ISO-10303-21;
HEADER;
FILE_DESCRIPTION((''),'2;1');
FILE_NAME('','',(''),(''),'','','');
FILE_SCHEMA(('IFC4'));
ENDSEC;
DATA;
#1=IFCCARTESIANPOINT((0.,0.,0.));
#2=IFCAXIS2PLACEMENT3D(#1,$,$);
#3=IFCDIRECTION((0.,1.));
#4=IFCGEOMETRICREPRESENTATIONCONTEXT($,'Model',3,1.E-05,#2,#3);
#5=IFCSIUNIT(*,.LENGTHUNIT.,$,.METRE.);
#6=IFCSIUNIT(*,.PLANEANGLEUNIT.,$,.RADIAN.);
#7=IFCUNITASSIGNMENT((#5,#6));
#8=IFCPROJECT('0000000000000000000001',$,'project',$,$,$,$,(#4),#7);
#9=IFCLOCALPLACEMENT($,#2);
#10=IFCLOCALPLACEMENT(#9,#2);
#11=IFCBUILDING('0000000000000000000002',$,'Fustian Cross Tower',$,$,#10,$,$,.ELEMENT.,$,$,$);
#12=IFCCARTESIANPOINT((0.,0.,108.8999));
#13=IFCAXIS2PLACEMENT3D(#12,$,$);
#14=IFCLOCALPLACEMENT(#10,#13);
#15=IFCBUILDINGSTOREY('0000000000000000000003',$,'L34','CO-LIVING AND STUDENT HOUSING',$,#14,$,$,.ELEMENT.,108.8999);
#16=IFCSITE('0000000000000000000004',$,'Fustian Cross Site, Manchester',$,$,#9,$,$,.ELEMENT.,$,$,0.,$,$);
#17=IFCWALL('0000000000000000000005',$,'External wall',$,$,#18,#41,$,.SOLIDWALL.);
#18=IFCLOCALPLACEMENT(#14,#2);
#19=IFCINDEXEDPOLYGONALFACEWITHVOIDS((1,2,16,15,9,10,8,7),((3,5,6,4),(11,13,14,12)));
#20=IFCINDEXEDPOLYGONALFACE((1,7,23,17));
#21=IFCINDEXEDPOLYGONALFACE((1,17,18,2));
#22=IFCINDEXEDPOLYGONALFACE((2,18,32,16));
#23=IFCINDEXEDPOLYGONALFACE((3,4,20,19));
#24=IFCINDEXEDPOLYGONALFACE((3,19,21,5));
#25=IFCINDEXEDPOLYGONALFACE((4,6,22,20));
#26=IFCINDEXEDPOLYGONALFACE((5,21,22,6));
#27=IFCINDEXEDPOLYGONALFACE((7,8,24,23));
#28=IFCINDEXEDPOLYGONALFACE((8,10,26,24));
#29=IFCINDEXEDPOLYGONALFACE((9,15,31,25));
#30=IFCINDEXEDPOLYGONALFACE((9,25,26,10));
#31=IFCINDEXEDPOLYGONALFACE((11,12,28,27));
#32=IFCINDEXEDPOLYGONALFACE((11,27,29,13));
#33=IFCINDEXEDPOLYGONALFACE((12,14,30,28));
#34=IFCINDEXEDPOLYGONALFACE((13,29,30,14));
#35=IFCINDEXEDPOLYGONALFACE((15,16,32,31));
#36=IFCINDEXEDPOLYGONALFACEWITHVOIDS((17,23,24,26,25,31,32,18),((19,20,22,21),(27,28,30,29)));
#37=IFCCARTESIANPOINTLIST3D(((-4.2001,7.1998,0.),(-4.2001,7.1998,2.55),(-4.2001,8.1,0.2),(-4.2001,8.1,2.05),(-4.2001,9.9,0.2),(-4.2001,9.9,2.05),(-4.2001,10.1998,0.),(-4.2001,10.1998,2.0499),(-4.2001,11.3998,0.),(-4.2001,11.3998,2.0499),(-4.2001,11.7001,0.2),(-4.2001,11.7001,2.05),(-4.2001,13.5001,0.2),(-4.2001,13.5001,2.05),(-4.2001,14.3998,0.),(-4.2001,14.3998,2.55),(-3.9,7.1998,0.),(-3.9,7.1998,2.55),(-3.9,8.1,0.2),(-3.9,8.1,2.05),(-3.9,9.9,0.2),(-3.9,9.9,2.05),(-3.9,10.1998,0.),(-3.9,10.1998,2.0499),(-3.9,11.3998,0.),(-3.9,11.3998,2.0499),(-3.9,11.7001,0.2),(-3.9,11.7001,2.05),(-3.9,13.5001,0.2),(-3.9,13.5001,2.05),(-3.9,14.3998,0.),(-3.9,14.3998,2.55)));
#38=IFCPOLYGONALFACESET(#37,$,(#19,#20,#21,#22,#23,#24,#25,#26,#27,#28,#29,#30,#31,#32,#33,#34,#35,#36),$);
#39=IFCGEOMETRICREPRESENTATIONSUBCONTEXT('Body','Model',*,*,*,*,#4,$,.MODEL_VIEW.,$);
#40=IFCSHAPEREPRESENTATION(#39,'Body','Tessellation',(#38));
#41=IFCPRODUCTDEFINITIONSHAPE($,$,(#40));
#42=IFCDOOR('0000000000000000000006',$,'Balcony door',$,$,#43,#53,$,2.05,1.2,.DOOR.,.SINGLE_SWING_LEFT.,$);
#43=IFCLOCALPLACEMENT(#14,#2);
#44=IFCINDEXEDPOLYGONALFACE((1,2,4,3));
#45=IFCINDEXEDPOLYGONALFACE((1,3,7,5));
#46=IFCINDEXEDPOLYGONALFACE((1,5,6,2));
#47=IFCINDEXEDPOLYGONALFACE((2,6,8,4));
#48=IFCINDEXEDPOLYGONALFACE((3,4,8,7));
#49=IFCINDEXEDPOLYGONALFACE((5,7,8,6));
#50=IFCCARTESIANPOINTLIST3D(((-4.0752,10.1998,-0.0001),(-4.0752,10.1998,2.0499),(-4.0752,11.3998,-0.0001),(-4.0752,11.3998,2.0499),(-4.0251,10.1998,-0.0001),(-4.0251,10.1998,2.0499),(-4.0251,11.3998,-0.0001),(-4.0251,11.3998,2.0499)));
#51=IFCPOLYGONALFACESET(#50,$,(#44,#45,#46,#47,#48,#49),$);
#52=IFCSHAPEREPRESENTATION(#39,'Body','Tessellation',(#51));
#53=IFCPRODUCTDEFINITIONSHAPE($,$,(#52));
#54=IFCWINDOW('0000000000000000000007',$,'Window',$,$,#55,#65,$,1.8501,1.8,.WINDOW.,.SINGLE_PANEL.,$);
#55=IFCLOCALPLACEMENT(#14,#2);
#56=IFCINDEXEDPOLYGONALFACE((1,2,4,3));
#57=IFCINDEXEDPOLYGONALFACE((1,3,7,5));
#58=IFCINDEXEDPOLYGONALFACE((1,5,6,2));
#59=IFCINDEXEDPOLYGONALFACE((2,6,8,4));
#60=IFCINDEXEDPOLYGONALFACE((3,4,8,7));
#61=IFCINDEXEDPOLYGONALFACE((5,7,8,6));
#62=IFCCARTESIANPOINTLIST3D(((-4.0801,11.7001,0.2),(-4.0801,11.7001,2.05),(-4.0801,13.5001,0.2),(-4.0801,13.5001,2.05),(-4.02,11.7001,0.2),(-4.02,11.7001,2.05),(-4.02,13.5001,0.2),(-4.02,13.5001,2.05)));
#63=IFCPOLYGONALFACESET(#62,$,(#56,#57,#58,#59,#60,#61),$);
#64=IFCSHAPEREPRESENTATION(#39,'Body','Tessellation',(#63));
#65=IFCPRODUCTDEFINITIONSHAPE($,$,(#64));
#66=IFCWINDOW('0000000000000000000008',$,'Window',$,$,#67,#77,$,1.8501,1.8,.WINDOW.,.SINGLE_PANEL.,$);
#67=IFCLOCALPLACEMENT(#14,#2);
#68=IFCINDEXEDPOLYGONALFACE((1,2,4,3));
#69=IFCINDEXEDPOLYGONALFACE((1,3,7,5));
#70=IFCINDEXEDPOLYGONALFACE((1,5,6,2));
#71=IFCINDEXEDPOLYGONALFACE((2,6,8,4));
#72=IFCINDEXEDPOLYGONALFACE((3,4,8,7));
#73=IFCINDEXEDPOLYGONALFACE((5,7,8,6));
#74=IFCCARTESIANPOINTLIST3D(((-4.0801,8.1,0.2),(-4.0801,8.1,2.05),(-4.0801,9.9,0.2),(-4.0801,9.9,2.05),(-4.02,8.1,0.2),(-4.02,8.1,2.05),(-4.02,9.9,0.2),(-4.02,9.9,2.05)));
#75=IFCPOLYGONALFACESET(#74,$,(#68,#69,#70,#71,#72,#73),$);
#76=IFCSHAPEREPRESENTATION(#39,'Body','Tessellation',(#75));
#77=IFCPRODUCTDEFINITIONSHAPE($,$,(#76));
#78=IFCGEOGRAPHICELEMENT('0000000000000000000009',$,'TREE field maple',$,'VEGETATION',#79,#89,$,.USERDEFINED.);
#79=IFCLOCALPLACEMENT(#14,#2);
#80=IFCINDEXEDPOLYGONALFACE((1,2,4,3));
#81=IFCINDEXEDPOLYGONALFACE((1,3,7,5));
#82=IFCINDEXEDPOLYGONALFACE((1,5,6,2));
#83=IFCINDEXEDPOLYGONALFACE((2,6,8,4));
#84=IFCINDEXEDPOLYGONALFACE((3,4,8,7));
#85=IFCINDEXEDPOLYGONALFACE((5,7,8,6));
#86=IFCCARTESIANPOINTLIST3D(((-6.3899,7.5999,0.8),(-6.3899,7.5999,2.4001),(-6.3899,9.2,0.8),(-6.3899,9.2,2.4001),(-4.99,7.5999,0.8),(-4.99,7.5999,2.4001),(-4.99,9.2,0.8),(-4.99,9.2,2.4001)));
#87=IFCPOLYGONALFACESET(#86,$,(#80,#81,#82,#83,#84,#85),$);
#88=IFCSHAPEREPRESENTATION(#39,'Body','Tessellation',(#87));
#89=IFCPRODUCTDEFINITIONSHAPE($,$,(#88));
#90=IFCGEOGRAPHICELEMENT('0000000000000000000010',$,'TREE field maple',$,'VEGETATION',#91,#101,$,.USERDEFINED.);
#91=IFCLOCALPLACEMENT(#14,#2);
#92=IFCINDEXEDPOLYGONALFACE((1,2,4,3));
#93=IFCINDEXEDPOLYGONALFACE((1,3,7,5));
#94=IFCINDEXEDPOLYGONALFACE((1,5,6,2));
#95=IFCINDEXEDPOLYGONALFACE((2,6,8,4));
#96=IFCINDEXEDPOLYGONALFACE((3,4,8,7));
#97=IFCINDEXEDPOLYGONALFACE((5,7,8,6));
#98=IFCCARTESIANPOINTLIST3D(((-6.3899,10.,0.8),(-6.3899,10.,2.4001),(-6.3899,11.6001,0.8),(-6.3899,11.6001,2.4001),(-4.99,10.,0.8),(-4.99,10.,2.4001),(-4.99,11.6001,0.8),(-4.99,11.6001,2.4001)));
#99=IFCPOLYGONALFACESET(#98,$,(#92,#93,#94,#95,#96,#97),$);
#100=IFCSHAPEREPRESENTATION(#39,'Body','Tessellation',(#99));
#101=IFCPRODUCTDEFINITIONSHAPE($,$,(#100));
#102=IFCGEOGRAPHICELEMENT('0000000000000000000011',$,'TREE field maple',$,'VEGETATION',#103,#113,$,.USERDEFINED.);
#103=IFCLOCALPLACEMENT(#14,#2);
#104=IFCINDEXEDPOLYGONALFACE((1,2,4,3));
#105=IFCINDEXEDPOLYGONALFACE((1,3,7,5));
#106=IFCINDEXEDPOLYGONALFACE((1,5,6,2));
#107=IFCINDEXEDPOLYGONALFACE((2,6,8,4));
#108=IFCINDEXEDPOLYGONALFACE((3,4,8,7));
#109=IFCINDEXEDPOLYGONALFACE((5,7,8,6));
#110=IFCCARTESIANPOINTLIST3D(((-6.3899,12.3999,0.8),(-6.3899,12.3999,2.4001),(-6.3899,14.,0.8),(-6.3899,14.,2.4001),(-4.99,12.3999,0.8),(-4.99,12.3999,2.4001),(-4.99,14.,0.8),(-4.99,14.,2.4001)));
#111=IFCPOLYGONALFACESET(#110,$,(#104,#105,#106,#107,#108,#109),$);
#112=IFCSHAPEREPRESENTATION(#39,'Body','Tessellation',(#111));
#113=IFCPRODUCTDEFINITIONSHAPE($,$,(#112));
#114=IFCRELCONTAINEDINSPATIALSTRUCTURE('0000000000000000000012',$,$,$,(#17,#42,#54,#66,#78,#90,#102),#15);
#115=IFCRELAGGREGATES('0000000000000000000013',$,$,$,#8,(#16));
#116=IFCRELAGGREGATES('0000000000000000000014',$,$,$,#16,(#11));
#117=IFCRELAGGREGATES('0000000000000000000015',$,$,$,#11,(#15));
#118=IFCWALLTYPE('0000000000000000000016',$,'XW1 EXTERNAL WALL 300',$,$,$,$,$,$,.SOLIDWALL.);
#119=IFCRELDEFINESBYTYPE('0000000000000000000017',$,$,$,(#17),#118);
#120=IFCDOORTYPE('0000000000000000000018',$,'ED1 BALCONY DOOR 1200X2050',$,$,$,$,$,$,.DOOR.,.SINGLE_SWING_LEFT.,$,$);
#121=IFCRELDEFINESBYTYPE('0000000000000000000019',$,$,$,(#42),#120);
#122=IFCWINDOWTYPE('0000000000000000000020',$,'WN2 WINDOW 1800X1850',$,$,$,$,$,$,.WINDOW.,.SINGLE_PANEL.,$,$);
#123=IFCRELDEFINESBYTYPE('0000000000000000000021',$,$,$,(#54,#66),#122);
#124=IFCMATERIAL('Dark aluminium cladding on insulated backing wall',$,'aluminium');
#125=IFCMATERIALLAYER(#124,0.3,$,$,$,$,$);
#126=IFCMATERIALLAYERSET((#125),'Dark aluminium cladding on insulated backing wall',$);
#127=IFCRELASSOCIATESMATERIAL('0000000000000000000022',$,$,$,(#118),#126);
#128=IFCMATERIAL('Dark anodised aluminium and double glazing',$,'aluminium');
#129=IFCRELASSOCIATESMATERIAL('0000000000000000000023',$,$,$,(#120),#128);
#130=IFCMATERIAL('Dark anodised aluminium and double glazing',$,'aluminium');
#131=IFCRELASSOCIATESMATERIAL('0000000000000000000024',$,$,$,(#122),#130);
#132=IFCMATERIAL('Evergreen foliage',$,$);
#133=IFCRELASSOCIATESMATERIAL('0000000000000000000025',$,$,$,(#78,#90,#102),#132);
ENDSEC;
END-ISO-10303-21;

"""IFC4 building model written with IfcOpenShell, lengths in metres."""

from ifc_helpers import new_model, si_unit, direction, frame, frame_2d, origin, origin_2d, place, context, subcontext, project, spatial, rectangle, extrude, material, layer, layer_set, type_object, element, fill, save


model = new_model("IFC4")

# Units and contexts
model_context = context("Model", 3, precision=1e-05, world=origin(), true_north=direction((0.0, 1.0)))
body_context = subcontext(model_context, "Body", "Model", "MODEL_VIEW")
ifc_project = project(units=[si_unit("LENGTHUNIT", "METRE"), si_unit("PLANEANGLEUNIT", "RADIAN")], contexts=[model_context])

# Site, building, storey
site_placement = place(None, origin())
site = spatial("IfcSite", under=ifc_project, at=site_placement, Name="Fustian Cross Site, Manchester", CompositionType="ELEMENT", RefElevation=0.0)
building_placement = place(site_placement, origin())
building = spatial("IfcBuilding", under=site, at=building_placement, Name="Fustian Cross Tower", CompositionType="ELEMENT")
storey_placement = place(building_placement, frame((0.0, 0.0, 108.8999)))
storey = spatial("IfcBuildingStorey", under=building, at=storey_placement, Name="L34", Description="CO-LIVING AND STUDENT HOUSING", CompositionType="ELEMENT", Elevation=108.8999)

# Shared definitions
ifc_material_1 = material(Name="Dark aluminium cladding on insulated backing wall", Category="aluminium")
ifc_layer_1 = layer(ifc_material_1, 0.3)
ifc_layer_set_1 = layer_set([ifc_layer_1], Name="Dark aluminium cladding on insulated backing wall")
wall_type_1 = type_object("IfcWallType", Name="XW1 EXTERNAL WALL 300", PredefinedType="SOLIDWALL", material=ifc_layer_set_1)

# Wall, openings, door, windows
wall_1_placement = place(storey_placement, frame((-4.05, 14.3999, 0.0), z_axis=(0.0, 0.0, 1.0), x_axis=(0.0, -1.0, 0.0)))
wall_1 = element("IfcWall", 1, at=wall_1_placement, inside=storey, type_object=wall_type_1, Name="External wall", PredefinedType="SOLIDWALL", context=body_context, shape_type="SweptSolid", body=[
    extrude(rectangle(XDim=7.2, YDim=0.3, at=frame_2d((3.6001, 0.0))), origin(), (0.0, 0.0, 1.0), 2.55),
])
opening_1_placement = place(wall_1_placement, frame((3.0, 0.0, 0.0)))
opening_1 = element("IfcOpeningElement", 2, at=opening_1_placement, cuts=wall_1, PredefinedType="OPENING", context=body_context, shape_type="SweptSolid", body=[
    extrude(rectangle(XDim=1.2, YDim=2.05, at=frame_2d((0.6001, 1.0249))), frame((0.0, 0.1599, 0.0), z_axis=(0.0, -1.0, 0.0), x_axis=(1.0, 0.0, 0.0)), (0.0, 0.0, 1.0), 0.3201),
])
opening_2_placement = place(wall_1_placement, frame((0.8999, 0.0, 0.2)))
opening_2 = element("IfcOpeningElement", 3, at=opening_2_placement, cuts=wall_1, PredefinedType="OPENING", context=body_context, shape_type="SweptSolid", body=[
    extrude(rectangle(XDim=1.8, YDim=1.8501, at=frame_2d((0.8999, 0.925))), frame((0.0, 0.1599, 0.0), z_axis=(0.0, -1.0, 0.0), x_axis=(1.0, 0.0, 0.0)), (0.0, 0.0, 1.0), 0.3201),
])
opening_3_placement = place(wall_1_placement, frame((4.5, 0.0, 0.2)))
opening_3 = element("IfcOpeningElement", 4, at=opening_3_placement, cuts=wall_1, PredefinedType="OPENING", context=body_context, shape_type="SweptSolid", body=[
    extrude(rectangle(XDim=1.8, YDim=1.8501, at=frame_2d((0.8999, 0.925))), frame((0.0, 0.1599, 0.0), z_axis=(0.0, -1.0, 0.0), x_axis=(1.0, 0.0, 0.0)), (0.0, 0.0, 1.0), 0.3201),
])
ifc_material_2 = material(Name="Dark anodised aluminium and double glazing", Category="aluminium")
door_type_1 = type_object("IfcDoorType", Name="ED1 BALCONY DOOR 1200X2050", OperationType="SINGLE_SWING_LEFT", PredefinedType="DOOR", material=ifc_material_2)
door_1_placement = place(opening_1_placement, origin())
door_1 = element("IfcDoor", 5, at=door_1_placement, inside=storey, type_object=door_type_1, Name="Balcony door", OperationType="SINGLE_SWING_LEFT", OverallHeight=2.05, OverallWidth=1.2, PredefinedType="DOOR", context=body_context, shape_type="SweptSolid", body=[
    extrude(rectangle(XDim=1.2, YDim=2.05, at=frame_2d((0.6001, 1.0249))), frame((0.0, 0.0249, 0.0), z_axis=(0.0, -1.0, 0.0), x_axis=(1.0, 0.0, 0.0)), (0.0, 0.0, 1.0), 0.05),
])
fill(opening_1, door_1)
ifc_material_3 = material(Name="Dark anodised aluminium and double glazing", Category="aluminium")
window_type_1 = type_object("IfcWindowType", Name="WN2 WINDOW 1800X1850", PartitioningType="SINGLE_PANEL", PredefinedType="WINDOW", material=ifc_material_3)
window_1_placement = place(opening_2_placement, origin())
window_1 = element("IfcWindow", 6, at=window_1_placement, inside=storey, type_object=window_type_1, Name="Window", OverallHeight=1.8501, OverallWidth=1.8, PartitioningType="SINGLE_PANEL", PredefinedType="WINDOW", context=body_context, shape_type="SweptSolid", body=[
    extrude(rectangle(XDim=1.8, YDim=1.8501, at=frame_2d((0.8999, 0.925))), frame((0.0, 0.03, 0.0), z_axis=(0.0, -1.0, 0.0), x_axis=(1.0, 0.0, 0.0)), (0.0, 0.0, 1.0), 0.0601),
])
fill(opening_2, window_1)
window_2_placement = place(opening_3_placement, origin())
window_2 = element("IfcWindow", 7, at=window_2_placement, inside=storey, type_object=window_type_1, Name="Window", OverallHeight=1.8501, OverallWidth=1.8, PartitioningType="SINGLE_PANEL", PredefinedType="WINDOW", context=body_context, shape_type="SweptSolid", body=[
    extrude(rectangle(XDim=1.8, YDim=1.8501, at=frame_2d((0.8999, 0.925))), frame((0.0, 0.03, 0.0), z_axis=(0.0, -1.0, 0.0), x_axis=(1.0, 0.0, 0.0)), (0.0, 0.0, 1.0), 0.0601),
])
fill(opening_3, window_2)

# Geographic elements
ifc_material_4 = material(Name="Evergreen foliage")
for number, where, z_axis, x_axis, name in (
    (8, (-5.6899, 8.3999, 0.8), (0.0, 0.0, 1.0), (1.0, 0.0, 0.0), "TREE field maple"),
    (9, (-5.6899, 10.8, 0.8), (0.0, 0.0, 1.0), (1.0, 0.0, 0.0), "TREE field maple"),
    (10, (-5.6899, 13.2, 0.8), (0.0, 0.0, 1.0), (1.0, 0.0, 0.0), "TREE field maple"),
):
    element("IfcGeographicElement", number, at=place(storey_placement, frame(where, z_axis=z_axis, x_axis=x_axis)), inside=storey, material=ifc_material_4, Name=name, ObjectType="VEGETATION", PredefinedType="USERDEFINED", context=body_context, shape_type="SweptSolid", body=[
        extrude(rectangle(XDim=1.3999, YDim=1.6001, at=origin_2d()), origin(), (0.0, 0.0, 1.0), 1.6001),
    ])

save(model, "model.ifc")
